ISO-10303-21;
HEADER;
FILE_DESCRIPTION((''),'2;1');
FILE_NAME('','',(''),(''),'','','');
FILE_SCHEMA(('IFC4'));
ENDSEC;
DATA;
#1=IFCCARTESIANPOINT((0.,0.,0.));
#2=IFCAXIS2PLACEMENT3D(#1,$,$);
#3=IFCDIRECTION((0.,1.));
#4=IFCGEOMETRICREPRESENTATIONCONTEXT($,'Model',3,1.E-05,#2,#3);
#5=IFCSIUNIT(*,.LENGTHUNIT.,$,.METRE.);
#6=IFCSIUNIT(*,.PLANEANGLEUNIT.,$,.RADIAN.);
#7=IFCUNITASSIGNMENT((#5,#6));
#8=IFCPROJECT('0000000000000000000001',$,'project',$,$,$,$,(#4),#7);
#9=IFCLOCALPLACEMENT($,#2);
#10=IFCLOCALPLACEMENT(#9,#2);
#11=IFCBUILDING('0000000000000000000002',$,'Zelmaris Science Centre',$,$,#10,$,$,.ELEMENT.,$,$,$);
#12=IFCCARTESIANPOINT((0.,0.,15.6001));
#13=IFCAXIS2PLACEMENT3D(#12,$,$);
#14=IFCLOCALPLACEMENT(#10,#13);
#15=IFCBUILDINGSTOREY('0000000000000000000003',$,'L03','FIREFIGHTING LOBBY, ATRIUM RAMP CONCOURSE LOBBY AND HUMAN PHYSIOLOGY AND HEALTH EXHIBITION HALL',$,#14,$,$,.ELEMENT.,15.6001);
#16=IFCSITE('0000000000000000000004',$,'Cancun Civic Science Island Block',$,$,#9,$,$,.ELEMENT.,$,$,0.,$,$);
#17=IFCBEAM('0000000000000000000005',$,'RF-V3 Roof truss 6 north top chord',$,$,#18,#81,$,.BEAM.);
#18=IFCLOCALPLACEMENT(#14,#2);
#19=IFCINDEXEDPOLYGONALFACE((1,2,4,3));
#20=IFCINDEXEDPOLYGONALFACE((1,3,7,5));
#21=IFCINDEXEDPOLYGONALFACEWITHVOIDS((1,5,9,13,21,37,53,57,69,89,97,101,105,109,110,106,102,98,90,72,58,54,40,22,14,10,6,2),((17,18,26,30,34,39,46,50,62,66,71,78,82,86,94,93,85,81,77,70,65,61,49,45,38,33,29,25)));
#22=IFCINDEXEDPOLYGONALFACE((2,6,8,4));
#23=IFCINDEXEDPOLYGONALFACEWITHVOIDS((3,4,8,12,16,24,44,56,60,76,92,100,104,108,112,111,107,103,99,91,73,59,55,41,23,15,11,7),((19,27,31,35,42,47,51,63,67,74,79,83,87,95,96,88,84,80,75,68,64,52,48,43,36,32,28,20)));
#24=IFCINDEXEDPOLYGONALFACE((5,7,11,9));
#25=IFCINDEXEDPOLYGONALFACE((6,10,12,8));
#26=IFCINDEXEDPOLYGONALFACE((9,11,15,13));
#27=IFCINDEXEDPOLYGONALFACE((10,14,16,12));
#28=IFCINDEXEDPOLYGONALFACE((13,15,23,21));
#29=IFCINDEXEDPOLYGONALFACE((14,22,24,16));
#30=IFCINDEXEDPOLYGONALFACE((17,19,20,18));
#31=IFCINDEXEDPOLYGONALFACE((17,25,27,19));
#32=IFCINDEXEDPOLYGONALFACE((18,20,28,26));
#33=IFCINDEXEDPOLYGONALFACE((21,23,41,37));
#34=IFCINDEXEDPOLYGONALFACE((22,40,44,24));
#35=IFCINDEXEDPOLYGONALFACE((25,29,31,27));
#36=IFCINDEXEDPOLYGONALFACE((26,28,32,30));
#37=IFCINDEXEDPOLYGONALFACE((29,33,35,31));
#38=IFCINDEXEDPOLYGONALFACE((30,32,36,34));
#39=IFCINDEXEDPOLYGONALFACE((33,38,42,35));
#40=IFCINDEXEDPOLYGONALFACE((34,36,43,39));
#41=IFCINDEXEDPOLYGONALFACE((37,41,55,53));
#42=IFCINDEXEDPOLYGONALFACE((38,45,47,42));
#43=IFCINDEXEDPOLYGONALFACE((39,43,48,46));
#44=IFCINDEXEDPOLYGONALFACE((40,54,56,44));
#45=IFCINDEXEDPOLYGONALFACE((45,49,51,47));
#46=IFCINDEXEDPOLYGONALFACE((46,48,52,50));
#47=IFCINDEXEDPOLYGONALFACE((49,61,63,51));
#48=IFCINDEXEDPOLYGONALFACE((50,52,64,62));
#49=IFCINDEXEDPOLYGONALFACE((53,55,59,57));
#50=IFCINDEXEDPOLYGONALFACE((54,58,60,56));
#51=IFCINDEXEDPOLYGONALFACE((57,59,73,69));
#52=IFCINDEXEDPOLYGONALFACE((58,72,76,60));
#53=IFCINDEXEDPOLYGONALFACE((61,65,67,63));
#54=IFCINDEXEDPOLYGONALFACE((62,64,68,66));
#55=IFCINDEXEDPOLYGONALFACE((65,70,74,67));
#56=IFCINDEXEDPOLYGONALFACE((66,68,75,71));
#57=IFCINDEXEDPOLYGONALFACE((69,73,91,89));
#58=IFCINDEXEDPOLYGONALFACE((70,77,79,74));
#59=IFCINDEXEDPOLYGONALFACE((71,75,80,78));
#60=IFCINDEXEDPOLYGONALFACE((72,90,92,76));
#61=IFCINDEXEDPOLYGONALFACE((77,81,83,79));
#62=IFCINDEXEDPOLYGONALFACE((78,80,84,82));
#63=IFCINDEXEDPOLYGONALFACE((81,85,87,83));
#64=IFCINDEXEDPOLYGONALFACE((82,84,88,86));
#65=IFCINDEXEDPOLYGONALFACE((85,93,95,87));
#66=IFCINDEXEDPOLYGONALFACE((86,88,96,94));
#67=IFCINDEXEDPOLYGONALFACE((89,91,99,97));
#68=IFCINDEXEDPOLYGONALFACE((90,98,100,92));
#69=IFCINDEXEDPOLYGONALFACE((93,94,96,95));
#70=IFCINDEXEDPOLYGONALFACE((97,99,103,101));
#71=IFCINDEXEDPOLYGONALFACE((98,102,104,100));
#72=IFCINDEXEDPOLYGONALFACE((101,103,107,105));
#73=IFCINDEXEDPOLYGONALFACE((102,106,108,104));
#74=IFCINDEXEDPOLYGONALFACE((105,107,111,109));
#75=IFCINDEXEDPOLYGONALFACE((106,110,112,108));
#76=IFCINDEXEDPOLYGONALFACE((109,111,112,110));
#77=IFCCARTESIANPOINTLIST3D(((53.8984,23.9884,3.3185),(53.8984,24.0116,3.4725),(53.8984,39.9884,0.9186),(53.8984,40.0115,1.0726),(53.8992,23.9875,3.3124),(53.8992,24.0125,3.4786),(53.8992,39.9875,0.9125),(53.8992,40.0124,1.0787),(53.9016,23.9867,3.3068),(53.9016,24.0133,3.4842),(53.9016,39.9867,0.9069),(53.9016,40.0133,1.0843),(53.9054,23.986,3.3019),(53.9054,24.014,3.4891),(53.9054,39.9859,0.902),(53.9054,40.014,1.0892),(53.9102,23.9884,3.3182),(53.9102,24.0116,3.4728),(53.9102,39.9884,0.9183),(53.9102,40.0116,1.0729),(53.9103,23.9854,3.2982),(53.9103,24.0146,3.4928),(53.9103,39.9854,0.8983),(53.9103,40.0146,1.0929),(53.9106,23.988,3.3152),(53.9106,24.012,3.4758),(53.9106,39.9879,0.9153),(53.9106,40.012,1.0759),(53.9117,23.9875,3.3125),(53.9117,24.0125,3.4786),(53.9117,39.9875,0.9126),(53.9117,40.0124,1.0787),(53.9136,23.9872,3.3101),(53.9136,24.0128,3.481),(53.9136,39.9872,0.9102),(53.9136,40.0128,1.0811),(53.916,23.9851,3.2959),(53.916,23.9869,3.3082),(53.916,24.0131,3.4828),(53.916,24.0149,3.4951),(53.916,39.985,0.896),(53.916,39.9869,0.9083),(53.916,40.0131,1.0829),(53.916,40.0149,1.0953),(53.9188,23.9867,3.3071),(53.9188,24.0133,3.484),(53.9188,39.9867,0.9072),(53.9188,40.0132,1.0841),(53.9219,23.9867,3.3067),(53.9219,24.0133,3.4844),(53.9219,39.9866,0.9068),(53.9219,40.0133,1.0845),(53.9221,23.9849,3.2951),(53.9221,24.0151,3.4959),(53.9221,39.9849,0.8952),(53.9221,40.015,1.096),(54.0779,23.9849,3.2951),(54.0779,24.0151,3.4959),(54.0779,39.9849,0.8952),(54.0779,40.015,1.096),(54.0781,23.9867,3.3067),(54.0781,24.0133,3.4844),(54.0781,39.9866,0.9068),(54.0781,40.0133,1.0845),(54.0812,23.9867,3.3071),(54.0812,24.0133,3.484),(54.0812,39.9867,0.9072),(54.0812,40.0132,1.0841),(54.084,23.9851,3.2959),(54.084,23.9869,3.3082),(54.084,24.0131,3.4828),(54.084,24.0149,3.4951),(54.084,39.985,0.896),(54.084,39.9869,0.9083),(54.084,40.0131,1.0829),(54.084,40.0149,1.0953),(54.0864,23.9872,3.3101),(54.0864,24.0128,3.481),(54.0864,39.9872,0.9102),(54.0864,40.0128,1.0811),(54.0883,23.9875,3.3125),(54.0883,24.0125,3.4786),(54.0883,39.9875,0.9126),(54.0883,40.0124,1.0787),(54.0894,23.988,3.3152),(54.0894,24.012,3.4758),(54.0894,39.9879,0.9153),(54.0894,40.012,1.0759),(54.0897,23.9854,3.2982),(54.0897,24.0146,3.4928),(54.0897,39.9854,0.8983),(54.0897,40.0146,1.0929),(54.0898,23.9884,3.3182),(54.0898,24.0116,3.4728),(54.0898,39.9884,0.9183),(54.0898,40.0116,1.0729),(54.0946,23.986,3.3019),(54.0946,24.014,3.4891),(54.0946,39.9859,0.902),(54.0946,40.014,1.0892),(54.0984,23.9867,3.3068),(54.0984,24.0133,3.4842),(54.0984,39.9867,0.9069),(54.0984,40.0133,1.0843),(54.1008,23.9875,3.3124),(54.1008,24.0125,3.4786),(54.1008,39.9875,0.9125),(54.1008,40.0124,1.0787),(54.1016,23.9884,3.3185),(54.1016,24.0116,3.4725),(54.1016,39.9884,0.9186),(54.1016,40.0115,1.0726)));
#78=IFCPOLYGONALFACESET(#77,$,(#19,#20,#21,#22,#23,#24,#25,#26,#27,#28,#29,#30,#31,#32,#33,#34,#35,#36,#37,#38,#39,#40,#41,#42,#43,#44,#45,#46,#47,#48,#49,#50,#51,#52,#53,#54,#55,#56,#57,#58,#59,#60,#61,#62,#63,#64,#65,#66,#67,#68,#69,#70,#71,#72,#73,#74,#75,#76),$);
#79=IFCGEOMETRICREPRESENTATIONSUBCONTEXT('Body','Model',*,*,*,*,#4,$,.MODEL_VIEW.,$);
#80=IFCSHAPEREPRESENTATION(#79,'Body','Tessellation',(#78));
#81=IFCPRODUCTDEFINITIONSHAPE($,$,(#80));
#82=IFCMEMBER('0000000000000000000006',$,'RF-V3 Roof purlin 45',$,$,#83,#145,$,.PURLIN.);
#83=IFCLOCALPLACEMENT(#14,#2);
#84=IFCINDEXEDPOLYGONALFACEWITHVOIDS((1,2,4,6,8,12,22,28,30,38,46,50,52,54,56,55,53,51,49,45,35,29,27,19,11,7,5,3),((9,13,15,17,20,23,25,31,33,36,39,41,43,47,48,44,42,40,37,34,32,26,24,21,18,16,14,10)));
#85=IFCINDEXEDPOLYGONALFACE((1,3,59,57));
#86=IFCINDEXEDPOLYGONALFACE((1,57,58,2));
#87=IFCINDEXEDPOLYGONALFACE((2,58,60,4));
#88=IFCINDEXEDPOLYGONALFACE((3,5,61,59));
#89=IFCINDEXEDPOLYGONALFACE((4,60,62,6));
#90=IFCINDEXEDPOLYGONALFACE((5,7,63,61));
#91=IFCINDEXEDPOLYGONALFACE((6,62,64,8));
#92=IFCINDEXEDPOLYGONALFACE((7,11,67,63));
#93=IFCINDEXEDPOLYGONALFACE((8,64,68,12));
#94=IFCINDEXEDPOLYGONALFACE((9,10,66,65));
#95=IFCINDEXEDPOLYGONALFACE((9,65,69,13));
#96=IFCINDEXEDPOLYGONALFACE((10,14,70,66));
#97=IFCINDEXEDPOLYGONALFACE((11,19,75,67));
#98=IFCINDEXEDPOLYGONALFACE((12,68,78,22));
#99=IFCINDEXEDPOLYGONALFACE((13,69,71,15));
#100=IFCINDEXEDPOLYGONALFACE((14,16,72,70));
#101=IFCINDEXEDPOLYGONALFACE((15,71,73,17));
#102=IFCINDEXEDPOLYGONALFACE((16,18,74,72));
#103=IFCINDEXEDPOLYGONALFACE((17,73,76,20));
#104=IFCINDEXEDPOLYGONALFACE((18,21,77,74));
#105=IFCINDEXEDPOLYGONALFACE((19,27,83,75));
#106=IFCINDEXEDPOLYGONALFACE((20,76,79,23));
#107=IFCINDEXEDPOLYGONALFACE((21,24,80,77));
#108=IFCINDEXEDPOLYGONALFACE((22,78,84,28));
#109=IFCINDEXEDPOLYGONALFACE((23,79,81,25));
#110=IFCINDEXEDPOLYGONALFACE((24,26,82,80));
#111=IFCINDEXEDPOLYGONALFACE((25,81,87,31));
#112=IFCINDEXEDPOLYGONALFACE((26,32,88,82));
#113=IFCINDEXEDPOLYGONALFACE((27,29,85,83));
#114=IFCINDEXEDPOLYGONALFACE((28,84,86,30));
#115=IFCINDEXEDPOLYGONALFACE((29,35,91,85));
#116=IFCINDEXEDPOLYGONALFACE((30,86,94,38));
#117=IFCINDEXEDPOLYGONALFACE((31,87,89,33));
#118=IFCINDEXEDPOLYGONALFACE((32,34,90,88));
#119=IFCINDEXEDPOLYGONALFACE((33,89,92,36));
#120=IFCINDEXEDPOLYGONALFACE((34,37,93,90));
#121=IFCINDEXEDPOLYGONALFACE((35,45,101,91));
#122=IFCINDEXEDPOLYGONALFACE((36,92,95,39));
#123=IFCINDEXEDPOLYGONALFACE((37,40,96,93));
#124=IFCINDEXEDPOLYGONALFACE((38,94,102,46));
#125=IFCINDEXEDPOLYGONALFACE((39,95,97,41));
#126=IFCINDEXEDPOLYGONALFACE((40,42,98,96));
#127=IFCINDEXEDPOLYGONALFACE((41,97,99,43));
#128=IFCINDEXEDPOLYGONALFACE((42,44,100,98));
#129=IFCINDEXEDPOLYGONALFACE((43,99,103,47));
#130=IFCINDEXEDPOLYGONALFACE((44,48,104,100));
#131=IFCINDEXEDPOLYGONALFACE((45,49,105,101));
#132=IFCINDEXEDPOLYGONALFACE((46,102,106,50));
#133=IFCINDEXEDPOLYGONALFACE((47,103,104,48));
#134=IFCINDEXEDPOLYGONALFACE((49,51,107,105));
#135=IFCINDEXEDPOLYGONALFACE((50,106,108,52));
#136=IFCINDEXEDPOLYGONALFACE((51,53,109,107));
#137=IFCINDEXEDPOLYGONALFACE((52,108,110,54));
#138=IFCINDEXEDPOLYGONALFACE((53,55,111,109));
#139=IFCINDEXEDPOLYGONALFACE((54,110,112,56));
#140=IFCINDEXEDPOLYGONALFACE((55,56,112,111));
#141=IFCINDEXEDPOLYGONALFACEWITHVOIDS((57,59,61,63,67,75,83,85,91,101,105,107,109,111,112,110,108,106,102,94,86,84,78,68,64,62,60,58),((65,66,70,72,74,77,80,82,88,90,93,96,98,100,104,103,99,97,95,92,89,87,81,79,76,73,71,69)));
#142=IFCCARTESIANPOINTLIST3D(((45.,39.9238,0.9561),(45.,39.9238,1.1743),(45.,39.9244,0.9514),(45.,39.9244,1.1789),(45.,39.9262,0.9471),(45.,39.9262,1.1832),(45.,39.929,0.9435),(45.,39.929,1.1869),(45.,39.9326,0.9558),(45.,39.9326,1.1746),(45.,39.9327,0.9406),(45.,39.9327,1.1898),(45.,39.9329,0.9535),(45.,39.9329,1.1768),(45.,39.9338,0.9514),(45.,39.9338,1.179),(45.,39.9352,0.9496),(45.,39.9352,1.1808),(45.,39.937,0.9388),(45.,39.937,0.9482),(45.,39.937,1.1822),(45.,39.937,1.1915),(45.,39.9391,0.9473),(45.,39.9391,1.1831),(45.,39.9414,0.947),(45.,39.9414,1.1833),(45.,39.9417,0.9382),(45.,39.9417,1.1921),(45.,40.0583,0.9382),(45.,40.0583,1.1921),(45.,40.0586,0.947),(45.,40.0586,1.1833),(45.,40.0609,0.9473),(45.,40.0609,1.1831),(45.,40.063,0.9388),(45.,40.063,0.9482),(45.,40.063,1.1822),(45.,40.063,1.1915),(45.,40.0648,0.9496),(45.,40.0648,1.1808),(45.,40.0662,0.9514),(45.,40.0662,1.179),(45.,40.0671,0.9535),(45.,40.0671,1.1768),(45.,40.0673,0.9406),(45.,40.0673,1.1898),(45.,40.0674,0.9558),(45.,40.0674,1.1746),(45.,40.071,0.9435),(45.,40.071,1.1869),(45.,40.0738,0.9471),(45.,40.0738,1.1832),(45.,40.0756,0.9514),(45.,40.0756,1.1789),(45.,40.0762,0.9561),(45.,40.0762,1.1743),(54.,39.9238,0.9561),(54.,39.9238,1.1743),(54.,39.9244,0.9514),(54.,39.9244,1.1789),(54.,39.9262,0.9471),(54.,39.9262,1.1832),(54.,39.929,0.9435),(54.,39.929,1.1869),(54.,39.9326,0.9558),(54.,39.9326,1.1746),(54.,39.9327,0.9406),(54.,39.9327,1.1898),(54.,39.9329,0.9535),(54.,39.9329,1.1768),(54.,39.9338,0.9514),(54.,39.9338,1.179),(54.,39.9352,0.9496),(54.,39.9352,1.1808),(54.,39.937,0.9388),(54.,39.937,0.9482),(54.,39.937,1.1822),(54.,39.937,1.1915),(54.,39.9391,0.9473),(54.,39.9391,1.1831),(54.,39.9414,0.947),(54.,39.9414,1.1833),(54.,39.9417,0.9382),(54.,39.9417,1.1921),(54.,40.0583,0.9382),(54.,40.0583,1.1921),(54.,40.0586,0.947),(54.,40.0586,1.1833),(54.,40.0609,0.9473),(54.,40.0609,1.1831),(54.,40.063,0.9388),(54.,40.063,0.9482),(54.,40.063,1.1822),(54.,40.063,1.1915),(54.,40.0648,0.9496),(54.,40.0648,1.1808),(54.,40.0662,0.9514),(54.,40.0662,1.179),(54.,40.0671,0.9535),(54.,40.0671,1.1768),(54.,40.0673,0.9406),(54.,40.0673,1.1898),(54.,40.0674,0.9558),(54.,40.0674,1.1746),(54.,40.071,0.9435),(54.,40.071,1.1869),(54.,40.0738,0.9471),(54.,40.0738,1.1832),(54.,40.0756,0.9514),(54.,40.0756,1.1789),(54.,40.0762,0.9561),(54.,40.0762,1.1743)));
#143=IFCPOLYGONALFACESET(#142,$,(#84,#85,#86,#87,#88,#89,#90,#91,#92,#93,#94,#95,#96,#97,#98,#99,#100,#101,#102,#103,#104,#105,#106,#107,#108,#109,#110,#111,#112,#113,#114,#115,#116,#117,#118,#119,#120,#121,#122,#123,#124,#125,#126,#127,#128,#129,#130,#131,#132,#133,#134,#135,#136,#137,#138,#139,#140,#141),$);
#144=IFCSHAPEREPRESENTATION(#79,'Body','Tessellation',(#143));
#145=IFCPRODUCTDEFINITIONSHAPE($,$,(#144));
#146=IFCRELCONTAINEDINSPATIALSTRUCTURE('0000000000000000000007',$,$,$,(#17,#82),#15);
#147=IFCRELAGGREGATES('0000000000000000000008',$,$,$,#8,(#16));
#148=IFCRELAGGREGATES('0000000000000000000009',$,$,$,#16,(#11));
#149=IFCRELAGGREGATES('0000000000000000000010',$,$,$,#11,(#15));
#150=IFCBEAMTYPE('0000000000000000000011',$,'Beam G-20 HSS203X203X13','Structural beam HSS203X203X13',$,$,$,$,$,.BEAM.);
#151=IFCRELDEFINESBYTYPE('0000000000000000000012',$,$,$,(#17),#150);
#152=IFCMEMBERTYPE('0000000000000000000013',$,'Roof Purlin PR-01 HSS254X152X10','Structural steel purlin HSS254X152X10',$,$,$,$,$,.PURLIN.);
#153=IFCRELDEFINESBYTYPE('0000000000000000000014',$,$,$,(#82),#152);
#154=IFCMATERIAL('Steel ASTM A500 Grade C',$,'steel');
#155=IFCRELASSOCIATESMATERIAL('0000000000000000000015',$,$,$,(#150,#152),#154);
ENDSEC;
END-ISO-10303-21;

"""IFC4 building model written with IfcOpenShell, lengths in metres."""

from ifc_helpers import new_model, si_unit, direction, frame, origin, origin_2d, place, context, subcontext, project, spatial, hollow_rectangle, extrude, material, material_profile, profile_set, type_object, element, save


model = new_model("IFC4")

# Units and contexts
model_context = context("Model", 3, precision=1e-05, world=origin(), true_north=direction((0.0, 1.0)))
body_context = subcontext(model_context, "Body", "Model", "MODEL_VIEW")
ifc_project = project(units=[si_unit("LENGTHUNIT", "METRE"), si_unit("PLANEANGLEUNIT", "RADIAN")], contexts=[model_context])

# Site, building, storey
site_placement = place(None, origin())
site = spatial("IfcSite", under=ifc_project, at=site_placement, Name="Cancun Civic Science Island Block", CompositionType="ELEMENT", RefElevation=0.0)
building_placement = place(site_placement, origin())
building = spatial("IfcBuilding", under=site, at=building_placement, Name="Zelmaris Science Centre", CompositionType="ELEMENT")
storey_placement = place(building_placement, frame((0.0, 0.0, 15.6001)))
storey = spatial("IfcBuildingStorey", under=building, at=storey_placement, Name="L03", Description="FIREFIGHTING LOBBY, ATRIUM RAMP CONCOURSE LOBBY AND HUMAN PHYSIOLOGY AND HEALTH EXHIBITION HALL", CompositionType="ELEMENT", Elevation=15.6001)

# Beam
ifc_material_1 = material(Name="Steel ASTM A500 Grade C", Category="steel")
ifc_material_profile_1 = material_profile(ifc_material_1, hollow_rectangle(XDim=0.2031, YDim=0.2031, WallThickness=0.0117, InnerFilletRadius=0.0117, OuterFilletRadius=0.0237, at=origin_2d()), Name="HSS203X203X13")
ifc_profile_set_1 = profile_set([ifc_material_profile_1], Name="Steel ASTM A500 Grade C")
beam_type_1 = type_object("IfcBeamType", Name="Beam G-20 HSS203X203X13", Description="Structural beam HSS203X203X13", PredefinedType="BEAM", material=ifc_profile_set_1)
for number, where, z_axis, x_axis, name in (
    (1, (54.0, 24.0, 3.3955), (0.0, 0.988937, -0.148335), (-1.0, 0.0, 0.0), "RF-V3 Roof truss 6 north top chord"),
):
    element("IfcBeam", number, at=place(storey_placement, frame(where, z_axis=z_axis, x_axis=x_axis)), inside=storey, type_object=beam_type_1, Name=name, PredefinedType="BEAM", context=body_context, shape_type="SweptSolid", body=[
        extrude(hollow_rectangle(XDim=0.2031, YDim=0.2031, WallThickness=0.0117, InnerFilletRadius=0.0117, OuterFilletRadius=0.0237, at=origin_2d()), origin(), (0.0, 0.0, 1.0), 16.179),
    ])

# Member
ifc_material_profile_2 = material_profile(ifc_material_1, hollow_rectangle(XDim=0.1523, YDim=0.2539, WallThickness=0.0088, InnerFilletRadius=0.0088, OuterFilletRadius=0.0178, at=origin_2d()), Name="HSS254X152X10")
ifc_profile_set_2 = profile_set([ifc_material_profile_2], Name="Steel ASTM A500 Grade C")
member_type_1 = type_object("IfcMemberType", Name="Roof Purlin PR-01 HSS254X152X10", Description="Structural steel purlin HSS254X152X10", PredefinedType="PURLIN", material=ifc_profile_set_2)
member_1_placement = place(storey_placement, frame((45.0, 40.0, 1.0652), z_axis=(1.0, 0.0, 0.0), x_axis=(0.0, 1.0, 0.0)))
element("IfcMember", 2, at=member_1_placement, inside=storey, type_object=member_type_1, Name="RF-V3 Roof purlin 45", PredefinedType="PURLIN", context=body_context, shape_type="SweptSolid", body=[
    extrude(hollow_rectangle(XDim=0.1523, YDim=0.2539, WallThickness=0.0088, InnerFilletRadius=0.0088, OuterFilletRadius=0.0178, at=origin_2d()), origin(), (0.0, 0.0, 1.0), 9.0),
])

save(model, "model.ifc")
